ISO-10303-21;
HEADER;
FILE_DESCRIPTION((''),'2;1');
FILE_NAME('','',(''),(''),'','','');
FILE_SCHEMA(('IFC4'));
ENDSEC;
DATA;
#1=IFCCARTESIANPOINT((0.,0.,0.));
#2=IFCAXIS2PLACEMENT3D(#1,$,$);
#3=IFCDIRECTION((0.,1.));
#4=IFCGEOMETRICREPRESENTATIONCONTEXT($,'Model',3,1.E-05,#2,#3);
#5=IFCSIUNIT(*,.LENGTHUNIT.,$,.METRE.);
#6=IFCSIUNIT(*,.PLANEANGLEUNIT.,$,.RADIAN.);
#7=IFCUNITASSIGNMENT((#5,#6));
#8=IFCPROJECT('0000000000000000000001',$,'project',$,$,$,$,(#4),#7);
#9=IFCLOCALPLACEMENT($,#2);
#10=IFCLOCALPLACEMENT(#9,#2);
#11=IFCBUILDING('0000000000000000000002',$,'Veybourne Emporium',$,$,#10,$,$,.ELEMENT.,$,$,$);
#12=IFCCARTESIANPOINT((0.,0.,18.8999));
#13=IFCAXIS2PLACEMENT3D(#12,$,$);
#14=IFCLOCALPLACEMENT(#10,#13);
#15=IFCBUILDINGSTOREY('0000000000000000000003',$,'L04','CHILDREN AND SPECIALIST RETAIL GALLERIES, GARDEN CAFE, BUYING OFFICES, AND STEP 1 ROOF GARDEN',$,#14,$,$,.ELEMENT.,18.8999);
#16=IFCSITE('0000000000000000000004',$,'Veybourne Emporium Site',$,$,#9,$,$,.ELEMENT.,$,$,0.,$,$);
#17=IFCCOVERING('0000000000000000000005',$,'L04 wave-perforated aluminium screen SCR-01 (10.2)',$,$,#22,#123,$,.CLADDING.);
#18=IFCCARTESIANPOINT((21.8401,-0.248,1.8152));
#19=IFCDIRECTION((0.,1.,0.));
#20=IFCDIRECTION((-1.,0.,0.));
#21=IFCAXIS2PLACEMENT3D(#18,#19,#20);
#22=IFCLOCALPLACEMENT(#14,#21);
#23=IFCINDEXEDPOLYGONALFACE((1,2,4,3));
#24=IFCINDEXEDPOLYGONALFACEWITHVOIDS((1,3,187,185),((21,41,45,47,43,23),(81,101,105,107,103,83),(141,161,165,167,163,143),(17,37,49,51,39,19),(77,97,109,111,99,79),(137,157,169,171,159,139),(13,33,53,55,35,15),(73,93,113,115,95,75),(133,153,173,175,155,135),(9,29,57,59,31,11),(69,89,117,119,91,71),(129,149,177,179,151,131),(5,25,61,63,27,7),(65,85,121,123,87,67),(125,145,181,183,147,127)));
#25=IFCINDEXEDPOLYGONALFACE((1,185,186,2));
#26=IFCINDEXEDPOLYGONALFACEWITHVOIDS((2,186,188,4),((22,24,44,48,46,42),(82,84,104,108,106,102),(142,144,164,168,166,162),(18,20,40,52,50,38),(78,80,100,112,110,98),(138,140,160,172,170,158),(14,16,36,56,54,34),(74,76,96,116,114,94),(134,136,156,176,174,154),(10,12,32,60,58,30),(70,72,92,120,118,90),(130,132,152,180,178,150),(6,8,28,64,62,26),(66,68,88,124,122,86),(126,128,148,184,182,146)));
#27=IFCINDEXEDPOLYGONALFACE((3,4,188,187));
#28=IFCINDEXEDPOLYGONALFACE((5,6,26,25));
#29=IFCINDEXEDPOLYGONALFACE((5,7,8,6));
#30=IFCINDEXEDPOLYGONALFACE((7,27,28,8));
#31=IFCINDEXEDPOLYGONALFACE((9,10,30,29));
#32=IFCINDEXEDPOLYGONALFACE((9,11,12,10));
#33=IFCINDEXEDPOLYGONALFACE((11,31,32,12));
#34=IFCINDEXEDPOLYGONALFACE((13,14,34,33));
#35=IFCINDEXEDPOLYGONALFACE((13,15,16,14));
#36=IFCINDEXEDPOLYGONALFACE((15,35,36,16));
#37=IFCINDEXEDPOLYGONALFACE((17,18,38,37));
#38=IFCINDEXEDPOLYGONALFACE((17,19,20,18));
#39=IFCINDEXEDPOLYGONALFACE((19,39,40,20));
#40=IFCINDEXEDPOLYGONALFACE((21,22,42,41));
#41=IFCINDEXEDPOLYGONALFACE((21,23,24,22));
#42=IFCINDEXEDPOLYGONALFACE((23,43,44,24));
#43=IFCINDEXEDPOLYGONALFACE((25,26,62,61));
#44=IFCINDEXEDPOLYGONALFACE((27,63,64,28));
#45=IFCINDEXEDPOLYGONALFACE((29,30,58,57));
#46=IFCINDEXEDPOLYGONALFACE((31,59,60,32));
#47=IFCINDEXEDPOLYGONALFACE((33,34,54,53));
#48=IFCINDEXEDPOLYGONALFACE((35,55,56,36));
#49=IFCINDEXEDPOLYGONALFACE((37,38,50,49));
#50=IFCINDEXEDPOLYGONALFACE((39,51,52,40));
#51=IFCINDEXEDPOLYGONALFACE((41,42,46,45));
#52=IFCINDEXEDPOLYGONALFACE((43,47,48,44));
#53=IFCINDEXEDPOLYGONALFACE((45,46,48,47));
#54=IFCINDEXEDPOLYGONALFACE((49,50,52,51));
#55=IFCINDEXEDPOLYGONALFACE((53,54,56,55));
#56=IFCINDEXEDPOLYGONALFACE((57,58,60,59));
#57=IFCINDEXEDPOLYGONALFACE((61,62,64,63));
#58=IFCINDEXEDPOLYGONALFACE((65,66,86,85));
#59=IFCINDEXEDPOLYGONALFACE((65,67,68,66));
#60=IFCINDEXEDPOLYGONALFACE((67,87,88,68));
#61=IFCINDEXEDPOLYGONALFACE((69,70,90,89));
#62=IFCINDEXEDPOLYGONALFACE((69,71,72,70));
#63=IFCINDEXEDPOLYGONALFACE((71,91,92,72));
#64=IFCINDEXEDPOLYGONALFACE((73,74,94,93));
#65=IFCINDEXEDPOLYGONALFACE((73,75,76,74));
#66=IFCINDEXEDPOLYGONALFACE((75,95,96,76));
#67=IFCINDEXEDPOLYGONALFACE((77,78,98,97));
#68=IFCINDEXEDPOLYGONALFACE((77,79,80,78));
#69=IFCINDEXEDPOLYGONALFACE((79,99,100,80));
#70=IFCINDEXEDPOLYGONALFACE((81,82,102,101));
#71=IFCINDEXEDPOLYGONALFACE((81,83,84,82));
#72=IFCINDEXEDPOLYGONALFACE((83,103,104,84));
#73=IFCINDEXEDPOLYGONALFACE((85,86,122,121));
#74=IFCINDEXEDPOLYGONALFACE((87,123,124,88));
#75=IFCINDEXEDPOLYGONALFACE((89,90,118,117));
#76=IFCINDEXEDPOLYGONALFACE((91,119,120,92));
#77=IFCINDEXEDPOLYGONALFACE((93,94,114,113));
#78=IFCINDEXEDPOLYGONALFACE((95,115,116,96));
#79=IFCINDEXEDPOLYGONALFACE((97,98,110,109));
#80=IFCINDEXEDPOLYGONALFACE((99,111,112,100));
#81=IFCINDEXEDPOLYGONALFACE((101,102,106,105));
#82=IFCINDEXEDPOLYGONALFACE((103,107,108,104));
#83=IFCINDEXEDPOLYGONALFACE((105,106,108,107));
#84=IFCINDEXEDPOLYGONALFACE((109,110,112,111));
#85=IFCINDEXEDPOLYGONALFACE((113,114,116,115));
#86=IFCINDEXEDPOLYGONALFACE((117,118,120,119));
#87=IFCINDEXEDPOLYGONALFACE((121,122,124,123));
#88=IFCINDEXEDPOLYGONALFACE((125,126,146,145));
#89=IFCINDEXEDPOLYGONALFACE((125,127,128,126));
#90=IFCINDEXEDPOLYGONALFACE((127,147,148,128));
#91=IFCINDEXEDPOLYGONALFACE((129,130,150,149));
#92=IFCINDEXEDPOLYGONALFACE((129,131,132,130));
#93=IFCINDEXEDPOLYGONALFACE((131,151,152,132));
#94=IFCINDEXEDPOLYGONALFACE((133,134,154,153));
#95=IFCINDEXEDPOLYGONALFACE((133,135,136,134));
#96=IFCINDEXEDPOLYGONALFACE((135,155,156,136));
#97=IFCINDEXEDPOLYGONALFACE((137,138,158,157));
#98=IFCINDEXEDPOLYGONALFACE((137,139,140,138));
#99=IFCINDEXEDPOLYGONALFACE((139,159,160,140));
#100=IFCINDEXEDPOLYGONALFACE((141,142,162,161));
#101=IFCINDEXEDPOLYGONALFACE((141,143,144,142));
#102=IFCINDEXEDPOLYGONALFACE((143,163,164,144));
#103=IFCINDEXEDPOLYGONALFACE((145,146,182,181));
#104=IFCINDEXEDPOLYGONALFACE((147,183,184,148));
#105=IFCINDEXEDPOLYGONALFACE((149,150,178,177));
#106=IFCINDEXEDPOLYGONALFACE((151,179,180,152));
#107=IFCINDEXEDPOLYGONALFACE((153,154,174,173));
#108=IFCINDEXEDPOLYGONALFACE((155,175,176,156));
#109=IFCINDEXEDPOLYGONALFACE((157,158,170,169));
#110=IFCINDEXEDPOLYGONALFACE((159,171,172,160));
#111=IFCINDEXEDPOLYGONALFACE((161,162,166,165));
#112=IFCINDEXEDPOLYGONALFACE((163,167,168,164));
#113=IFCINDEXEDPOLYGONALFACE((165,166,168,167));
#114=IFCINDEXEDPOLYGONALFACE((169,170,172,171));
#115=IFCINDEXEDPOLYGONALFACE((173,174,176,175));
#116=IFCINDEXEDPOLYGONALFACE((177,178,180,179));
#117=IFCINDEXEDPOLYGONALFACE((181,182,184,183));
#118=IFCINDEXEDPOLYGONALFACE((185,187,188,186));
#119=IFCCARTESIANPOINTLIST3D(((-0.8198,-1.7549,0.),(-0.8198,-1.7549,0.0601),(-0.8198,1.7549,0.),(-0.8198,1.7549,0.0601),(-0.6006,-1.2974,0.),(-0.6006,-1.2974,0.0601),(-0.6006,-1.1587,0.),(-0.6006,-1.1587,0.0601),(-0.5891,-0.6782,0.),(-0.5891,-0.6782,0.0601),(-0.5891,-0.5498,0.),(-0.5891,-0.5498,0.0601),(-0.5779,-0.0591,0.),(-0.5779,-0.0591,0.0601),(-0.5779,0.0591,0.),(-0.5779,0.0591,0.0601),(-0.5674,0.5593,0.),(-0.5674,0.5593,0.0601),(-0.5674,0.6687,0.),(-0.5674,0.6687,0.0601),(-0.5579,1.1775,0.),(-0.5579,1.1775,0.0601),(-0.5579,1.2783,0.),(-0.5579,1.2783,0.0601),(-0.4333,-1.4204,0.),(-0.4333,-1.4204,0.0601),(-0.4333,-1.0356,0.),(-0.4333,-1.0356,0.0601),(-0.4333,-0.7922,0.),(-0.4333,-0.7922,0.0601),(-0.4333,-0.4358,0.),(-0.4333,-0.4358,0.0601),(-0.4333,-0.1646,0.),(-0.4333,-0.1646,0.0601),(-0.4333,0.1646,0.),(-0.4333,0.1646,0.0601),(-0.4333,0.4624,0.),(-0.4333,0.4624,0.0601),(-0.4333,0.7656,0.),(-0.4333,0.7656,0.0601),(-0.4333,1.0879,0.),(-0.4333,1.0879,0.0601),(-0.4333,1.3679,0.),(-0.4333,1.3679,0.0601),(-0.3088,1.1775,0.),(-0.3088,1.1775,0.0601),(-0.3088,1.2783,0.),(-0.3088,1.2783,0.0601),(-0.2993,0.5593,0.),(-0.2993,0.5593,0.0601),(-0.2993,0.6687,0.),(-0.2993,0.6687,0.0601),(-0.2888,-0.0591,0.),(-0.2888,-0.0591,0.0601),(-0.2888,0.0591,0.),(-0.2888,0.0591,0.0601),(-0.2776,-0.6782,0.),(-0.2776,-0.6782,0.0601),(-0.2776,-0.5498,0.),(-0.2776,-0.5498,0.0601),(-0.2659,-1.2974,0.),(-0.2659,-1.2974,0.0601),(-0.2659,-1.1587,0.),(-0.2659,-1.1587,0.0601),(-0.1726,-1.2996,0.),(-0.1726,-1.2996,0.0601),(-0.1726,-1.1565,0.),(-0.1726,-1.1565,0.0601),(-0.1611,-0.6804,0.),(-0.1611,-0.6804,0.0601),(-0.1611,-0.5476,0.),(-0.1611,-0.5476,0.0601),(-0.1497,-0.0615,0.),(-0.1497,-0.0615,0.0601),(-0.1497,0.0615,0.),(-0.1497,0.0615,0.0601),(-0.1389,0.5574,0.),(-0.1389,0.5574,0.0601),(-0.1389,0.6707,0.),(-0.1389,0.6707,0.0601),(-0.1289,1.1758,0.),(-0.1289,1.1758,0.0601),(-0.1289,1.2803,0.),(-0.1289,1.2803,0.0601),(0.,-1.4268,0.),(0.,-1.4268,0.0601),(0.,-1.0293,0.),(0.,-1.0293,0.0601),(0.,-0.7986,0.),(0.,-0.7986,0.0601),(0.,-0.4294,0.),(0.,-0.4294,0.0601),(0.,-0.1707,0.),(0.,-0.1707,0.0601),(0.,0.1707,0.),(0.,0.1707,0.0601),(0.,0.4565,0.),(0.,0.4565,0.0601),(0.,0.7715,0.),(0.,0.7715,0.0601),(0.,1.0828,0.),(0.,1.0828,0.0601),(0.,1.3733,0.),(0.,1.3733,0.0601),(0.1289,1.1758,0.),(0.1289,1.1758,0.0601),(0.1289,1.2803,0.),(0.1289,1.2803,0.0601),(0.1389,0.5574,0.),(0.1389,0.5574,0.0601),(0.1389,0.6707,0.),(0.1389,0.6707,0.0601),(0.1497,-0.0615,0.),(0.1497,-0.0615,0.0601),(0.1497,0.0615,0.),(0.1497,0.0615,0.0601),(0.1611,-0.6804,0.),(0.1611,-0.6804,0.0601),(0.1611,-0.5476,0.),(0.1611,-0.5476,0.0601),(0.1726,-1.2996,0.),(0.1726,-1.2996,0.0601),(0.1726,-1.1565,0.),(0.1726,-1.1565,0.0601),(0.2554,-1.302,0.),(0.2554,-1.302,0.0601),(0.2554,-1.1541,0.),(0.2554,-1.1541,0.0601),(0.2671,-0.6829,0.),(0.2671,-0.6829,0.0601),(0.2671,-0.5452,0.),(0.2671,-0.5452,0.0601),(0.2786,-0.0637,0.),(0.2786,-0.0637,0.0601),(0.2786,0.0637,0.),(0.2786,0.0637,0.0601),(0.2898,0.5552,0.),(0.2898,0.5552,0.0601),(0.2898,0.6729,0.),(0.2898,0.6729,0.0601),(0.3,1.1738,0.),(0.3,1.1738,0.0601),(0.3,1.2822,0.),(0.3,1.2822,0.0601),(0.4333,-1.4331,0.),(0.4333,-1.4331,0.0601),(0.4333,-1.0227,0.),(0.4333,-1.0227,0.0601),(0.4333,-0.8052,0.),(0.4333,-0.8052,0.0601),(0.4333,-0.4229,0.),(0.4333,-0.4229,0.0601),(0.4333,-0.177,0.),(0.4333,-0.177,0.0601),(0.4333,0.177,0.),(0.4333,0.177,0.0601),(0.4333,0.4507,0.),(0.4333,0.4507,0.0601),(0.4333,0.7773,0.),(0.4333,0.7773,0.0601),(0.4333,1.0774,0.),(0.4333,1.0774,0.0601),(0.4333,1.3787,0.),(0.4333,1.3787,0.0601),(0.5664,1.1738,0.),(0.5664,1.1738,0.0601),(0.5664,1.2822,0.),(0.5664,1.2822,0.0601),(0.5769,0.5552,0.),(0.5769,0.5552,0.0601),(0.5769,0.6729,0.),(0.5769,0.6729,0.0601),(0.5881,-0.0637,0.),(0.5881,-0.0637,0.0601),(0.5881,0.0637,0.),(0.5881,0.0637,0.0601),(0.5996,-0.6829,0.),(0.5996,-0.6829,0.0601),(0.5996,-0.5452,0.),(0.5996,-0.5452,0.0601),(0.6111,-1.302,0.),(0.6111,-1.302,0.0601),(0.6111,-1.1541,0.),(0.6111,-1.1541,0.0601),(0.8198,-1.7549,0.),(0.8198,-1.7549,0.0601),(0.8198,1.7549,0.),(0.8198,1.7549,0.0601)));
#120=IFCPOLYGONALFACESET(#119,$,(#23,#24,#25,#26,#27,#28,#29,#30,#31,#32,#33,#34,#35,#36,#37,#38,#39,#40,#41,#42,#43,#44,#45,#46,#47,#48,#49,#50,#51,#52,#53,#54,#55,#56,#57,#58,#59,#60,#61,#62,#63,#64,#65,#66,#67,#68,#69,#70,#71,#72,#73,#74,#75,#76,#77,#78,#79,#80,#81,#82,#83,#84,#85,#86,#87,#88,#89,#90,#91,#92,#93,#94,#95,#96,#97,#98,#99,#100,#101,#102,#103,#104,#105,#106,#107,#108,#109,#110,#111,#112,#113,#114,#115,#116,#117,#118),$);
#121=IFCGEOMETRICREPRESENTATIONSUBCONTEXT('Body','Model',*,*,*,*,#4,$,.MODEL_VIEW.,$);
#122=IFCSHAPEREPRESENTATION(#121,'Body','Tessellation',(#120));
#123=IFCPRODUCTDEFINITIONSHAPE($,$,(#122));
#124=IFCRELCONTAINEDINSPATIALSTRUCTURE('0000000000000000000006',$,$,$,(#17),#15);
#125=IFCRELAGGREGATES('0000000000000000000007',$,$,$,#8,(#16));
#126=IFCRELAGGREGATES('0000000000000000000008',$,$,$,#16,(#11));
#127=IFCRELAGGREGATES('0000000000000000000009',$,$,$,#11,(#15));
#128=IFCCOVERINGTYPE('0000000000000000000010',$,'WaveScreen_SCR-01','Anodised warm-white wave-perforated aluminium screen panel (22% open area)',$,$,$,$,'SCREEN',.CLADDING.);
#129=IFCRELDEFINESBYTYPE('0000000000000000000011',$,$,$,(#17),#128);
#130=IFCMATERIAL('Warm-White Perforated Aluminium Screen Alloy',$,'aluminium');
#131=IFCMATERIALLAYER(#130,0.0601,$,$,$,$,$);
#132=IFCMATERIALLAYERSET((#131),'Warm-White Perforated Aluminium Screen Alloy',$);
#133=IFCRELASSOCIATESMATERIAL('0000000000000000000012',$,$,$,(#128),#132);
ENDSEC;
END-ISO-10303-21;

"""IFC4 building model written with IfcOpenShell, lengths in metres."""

from ifc_helpers import new_model, si_unit, direction, frame, origin, place, context, subcontext, project, spatial, polyline, outline, extrude, material, layer, layer_set, type_object, element, save


model = new_model("IFC4")

# Units and contexts
model_context = context("Model", 3, precision=1e-05, world=origin(), true_north=direction((0.0, 1.0)))
body_context = subcontext(model_context, "Body", "Model", "MODEL_VIEW")
ifc_project = project(units=[si_unit("LENGTHUNIT", "METRE"), si_unit("PLANEANGLEUNIT", "RADIAN")], contexts=[model_context])

# Site, building, storey
site_placement = place(None, origin())
site = spatial("IfcSite", under=ifc_project, at=site_placement, Name="Veybourne Emporium Site", CompositionType="ELEMENT", RefElevation=0.0)
building_placement = place(site_placement, origin())
building = spatial("IfcBuilding", under=site, at=building_placement, Name="Veybourne Emporium", CompositionType="ELEMENT")
storey_placement = place(building_placement, frame((0.0, 0.0, 18.8999)))
storey = spatial("IfcBuildingStorey", under=building, at=storey_placement, Name="L04", Description="CHILDREN AND SPECIALIST RETAIL GALLERIES, GARDEN CAFE, BUYING OFFICES, AND STEP 1 ROOF GARDEN", CompositionType="ELEMENT", Elevation=18.8999)

# Covering
ifc_material_1 = material(Name="Warm-White Perforated Aluminium Screen Alloy", Category="aluminium")
ifc_layer_1 = layer(ifc_material_1, 0.0601)
ifc_layer_set_1 = layer_set([ifc_layer_1], Name="Warm-White Perforated Aluminium Screen Alloy")
covering_type_1 = type_object("IfcCoveringType", Name="WaveScreen_SCR-01", Description="Anodised warm-white wave-perforated aluminium screen panel (22% open area)", ElementType="SCREEN", PredefinedType="CLADDING", material=ifc_layer_set_1)
covering_1_placement = place(storey_placement, frame((21.8401, -0.248, 1.8152), z_axis=(0.0, 1.0, 0.0), x_axis=(-1.0, 0.0, 0.0)))
element("IfcCovering", 1, at=covering_1_placement, inside=storey, type_object=covering_type_1, Name="L04 wave-perforated aluminium screen SCR-01 (10.2)", PredefinedType="CLADDING", context=body_context, shape_type="SweptSolid", body=[
    extrude(outline(polyline([(-0.8198, -1.7549), (0.8198, -1.7549), (0.8198, 1.7549), (-0.8198, 1.7549), (-0.8198, -1.7549)]), holes=[polyline([(-0.4333, -1.0356), (-0.2659, -1.1587), (-0.2659, -1.2974), (-0.4333, -1.4204), (-0.6006, -1.2974), (-0.6006, -1.1587), (-0.4333, -1.0356)]), polyline([(-0.4333, -0.4358), (-0.2776, -0.5498), (-0.2776, -0.6782), (-0.4333, -0.7922), (-0.5891, -0.6782), (-0.5891, -0.5498), (-0.4333, -0.4358)]), polyline([(-0.4333, 0.1646), (-0.2888, 0.0591), (-0.2888, -0.0591), (-0.4333, -0.1646), (-0.5779, -0.0591), (-0.5779, 0.0591), (-0.4333, 0.1646)]), polyline([(-0.4333, 0.7656), (-0.2993, 0.6687), (-0.2993, 0.5593), (-0.4333, 0.4624), (-0.5674, 0.5593), (-0.5674, 0.6687), (-0.4333, 0.7656)]), polyline([(-0.4333, 1.3679), (-0.3088, 1.2783), (-0.3088, 1.1775), (-0.4333, 1.0879), (-0.5579, 1.1775), (-0.5579, 1.2783), (-0.4333, 1.3679)]), polyline([(0.0, -1.0293), (0.1726, -1.1565), (0.1726, -1.2996), (0.0, -1.4268), (-0.1726, -1.2996), (-0.1726, -1.1565), (0.0, -1.0293)]), polyline([(0.0, -0.4294), (0.1611, -0.5476), (0.1611, -0.6804), (0.0, -0.7986), (-0.1611, -0.6804), (-0.1611, -0.5476), (0.0, -0.4294)]), polyline([(0.0, 0.1707), (0.1497, 0.0615), (0.1497, -0.0615), (0.0, -0.1707), (-0.1497, -0.0615), (-0.1497, 0.0615), (0.0, 0.1707)]), polyline([(0.0, 0.7715), (0.1389, 0.6707), (0.1389, 0.5574), (0.0, 0.4565), (-0.1389, 0.5574), (-0.1389, 0.6707), (0.0, 0.7715)]), polyline([(0.0, 1.3733), (0.1289, 1.2803), (0.1289, 1.1758), (0.0, 1.0828), (-0.1289, 1.1758), (-0.1289, 1.2803), (0.0, 1.3733)]), polyline([(0.4333, -1.0227), (0.6111, -1.1541), (0.6111, -1.302), (0.4333, -1.4331), (0.2554, -1.302), (0.2554, -1.1541), (0.4333, -1.0227)]), polyline([(0.4333, -0.4229), (0.5996, -0.5452), (0.5996, -0.6829), (0.4333, -0.8052), (0.2671, -0.6829), (0.2671, -0.5452), (0.4333, -0.4229)]), polyline([(0.4333, 0.177), (0.5881, 0.0637), (0.5881, -0.0637), (0.4333, -0.177), (0.2786, -0.0637), (0.2786, 0.0637), (0.4333, 0.177)]), polyline([(0.4333, 0.7773), (0.5769, 0.6729), (0.5769, 0.5552), (0.4333, 0.4507), (0.2898, 0.5552), (0.2898, 0.6729), (0.4333, 0.7773)]), polyline([(0.4333, 1.3787), (0.5664, 1.2822), (0.5664, 1.1738), (0.4333, 1.0774), (0.3, 1.1738), (0.3, 1.2822), (0.4333, 1.3787)])]), origin(), (0.0, 0.0, 1.0), 0.0601),
])

save(model, "model.ifc")
